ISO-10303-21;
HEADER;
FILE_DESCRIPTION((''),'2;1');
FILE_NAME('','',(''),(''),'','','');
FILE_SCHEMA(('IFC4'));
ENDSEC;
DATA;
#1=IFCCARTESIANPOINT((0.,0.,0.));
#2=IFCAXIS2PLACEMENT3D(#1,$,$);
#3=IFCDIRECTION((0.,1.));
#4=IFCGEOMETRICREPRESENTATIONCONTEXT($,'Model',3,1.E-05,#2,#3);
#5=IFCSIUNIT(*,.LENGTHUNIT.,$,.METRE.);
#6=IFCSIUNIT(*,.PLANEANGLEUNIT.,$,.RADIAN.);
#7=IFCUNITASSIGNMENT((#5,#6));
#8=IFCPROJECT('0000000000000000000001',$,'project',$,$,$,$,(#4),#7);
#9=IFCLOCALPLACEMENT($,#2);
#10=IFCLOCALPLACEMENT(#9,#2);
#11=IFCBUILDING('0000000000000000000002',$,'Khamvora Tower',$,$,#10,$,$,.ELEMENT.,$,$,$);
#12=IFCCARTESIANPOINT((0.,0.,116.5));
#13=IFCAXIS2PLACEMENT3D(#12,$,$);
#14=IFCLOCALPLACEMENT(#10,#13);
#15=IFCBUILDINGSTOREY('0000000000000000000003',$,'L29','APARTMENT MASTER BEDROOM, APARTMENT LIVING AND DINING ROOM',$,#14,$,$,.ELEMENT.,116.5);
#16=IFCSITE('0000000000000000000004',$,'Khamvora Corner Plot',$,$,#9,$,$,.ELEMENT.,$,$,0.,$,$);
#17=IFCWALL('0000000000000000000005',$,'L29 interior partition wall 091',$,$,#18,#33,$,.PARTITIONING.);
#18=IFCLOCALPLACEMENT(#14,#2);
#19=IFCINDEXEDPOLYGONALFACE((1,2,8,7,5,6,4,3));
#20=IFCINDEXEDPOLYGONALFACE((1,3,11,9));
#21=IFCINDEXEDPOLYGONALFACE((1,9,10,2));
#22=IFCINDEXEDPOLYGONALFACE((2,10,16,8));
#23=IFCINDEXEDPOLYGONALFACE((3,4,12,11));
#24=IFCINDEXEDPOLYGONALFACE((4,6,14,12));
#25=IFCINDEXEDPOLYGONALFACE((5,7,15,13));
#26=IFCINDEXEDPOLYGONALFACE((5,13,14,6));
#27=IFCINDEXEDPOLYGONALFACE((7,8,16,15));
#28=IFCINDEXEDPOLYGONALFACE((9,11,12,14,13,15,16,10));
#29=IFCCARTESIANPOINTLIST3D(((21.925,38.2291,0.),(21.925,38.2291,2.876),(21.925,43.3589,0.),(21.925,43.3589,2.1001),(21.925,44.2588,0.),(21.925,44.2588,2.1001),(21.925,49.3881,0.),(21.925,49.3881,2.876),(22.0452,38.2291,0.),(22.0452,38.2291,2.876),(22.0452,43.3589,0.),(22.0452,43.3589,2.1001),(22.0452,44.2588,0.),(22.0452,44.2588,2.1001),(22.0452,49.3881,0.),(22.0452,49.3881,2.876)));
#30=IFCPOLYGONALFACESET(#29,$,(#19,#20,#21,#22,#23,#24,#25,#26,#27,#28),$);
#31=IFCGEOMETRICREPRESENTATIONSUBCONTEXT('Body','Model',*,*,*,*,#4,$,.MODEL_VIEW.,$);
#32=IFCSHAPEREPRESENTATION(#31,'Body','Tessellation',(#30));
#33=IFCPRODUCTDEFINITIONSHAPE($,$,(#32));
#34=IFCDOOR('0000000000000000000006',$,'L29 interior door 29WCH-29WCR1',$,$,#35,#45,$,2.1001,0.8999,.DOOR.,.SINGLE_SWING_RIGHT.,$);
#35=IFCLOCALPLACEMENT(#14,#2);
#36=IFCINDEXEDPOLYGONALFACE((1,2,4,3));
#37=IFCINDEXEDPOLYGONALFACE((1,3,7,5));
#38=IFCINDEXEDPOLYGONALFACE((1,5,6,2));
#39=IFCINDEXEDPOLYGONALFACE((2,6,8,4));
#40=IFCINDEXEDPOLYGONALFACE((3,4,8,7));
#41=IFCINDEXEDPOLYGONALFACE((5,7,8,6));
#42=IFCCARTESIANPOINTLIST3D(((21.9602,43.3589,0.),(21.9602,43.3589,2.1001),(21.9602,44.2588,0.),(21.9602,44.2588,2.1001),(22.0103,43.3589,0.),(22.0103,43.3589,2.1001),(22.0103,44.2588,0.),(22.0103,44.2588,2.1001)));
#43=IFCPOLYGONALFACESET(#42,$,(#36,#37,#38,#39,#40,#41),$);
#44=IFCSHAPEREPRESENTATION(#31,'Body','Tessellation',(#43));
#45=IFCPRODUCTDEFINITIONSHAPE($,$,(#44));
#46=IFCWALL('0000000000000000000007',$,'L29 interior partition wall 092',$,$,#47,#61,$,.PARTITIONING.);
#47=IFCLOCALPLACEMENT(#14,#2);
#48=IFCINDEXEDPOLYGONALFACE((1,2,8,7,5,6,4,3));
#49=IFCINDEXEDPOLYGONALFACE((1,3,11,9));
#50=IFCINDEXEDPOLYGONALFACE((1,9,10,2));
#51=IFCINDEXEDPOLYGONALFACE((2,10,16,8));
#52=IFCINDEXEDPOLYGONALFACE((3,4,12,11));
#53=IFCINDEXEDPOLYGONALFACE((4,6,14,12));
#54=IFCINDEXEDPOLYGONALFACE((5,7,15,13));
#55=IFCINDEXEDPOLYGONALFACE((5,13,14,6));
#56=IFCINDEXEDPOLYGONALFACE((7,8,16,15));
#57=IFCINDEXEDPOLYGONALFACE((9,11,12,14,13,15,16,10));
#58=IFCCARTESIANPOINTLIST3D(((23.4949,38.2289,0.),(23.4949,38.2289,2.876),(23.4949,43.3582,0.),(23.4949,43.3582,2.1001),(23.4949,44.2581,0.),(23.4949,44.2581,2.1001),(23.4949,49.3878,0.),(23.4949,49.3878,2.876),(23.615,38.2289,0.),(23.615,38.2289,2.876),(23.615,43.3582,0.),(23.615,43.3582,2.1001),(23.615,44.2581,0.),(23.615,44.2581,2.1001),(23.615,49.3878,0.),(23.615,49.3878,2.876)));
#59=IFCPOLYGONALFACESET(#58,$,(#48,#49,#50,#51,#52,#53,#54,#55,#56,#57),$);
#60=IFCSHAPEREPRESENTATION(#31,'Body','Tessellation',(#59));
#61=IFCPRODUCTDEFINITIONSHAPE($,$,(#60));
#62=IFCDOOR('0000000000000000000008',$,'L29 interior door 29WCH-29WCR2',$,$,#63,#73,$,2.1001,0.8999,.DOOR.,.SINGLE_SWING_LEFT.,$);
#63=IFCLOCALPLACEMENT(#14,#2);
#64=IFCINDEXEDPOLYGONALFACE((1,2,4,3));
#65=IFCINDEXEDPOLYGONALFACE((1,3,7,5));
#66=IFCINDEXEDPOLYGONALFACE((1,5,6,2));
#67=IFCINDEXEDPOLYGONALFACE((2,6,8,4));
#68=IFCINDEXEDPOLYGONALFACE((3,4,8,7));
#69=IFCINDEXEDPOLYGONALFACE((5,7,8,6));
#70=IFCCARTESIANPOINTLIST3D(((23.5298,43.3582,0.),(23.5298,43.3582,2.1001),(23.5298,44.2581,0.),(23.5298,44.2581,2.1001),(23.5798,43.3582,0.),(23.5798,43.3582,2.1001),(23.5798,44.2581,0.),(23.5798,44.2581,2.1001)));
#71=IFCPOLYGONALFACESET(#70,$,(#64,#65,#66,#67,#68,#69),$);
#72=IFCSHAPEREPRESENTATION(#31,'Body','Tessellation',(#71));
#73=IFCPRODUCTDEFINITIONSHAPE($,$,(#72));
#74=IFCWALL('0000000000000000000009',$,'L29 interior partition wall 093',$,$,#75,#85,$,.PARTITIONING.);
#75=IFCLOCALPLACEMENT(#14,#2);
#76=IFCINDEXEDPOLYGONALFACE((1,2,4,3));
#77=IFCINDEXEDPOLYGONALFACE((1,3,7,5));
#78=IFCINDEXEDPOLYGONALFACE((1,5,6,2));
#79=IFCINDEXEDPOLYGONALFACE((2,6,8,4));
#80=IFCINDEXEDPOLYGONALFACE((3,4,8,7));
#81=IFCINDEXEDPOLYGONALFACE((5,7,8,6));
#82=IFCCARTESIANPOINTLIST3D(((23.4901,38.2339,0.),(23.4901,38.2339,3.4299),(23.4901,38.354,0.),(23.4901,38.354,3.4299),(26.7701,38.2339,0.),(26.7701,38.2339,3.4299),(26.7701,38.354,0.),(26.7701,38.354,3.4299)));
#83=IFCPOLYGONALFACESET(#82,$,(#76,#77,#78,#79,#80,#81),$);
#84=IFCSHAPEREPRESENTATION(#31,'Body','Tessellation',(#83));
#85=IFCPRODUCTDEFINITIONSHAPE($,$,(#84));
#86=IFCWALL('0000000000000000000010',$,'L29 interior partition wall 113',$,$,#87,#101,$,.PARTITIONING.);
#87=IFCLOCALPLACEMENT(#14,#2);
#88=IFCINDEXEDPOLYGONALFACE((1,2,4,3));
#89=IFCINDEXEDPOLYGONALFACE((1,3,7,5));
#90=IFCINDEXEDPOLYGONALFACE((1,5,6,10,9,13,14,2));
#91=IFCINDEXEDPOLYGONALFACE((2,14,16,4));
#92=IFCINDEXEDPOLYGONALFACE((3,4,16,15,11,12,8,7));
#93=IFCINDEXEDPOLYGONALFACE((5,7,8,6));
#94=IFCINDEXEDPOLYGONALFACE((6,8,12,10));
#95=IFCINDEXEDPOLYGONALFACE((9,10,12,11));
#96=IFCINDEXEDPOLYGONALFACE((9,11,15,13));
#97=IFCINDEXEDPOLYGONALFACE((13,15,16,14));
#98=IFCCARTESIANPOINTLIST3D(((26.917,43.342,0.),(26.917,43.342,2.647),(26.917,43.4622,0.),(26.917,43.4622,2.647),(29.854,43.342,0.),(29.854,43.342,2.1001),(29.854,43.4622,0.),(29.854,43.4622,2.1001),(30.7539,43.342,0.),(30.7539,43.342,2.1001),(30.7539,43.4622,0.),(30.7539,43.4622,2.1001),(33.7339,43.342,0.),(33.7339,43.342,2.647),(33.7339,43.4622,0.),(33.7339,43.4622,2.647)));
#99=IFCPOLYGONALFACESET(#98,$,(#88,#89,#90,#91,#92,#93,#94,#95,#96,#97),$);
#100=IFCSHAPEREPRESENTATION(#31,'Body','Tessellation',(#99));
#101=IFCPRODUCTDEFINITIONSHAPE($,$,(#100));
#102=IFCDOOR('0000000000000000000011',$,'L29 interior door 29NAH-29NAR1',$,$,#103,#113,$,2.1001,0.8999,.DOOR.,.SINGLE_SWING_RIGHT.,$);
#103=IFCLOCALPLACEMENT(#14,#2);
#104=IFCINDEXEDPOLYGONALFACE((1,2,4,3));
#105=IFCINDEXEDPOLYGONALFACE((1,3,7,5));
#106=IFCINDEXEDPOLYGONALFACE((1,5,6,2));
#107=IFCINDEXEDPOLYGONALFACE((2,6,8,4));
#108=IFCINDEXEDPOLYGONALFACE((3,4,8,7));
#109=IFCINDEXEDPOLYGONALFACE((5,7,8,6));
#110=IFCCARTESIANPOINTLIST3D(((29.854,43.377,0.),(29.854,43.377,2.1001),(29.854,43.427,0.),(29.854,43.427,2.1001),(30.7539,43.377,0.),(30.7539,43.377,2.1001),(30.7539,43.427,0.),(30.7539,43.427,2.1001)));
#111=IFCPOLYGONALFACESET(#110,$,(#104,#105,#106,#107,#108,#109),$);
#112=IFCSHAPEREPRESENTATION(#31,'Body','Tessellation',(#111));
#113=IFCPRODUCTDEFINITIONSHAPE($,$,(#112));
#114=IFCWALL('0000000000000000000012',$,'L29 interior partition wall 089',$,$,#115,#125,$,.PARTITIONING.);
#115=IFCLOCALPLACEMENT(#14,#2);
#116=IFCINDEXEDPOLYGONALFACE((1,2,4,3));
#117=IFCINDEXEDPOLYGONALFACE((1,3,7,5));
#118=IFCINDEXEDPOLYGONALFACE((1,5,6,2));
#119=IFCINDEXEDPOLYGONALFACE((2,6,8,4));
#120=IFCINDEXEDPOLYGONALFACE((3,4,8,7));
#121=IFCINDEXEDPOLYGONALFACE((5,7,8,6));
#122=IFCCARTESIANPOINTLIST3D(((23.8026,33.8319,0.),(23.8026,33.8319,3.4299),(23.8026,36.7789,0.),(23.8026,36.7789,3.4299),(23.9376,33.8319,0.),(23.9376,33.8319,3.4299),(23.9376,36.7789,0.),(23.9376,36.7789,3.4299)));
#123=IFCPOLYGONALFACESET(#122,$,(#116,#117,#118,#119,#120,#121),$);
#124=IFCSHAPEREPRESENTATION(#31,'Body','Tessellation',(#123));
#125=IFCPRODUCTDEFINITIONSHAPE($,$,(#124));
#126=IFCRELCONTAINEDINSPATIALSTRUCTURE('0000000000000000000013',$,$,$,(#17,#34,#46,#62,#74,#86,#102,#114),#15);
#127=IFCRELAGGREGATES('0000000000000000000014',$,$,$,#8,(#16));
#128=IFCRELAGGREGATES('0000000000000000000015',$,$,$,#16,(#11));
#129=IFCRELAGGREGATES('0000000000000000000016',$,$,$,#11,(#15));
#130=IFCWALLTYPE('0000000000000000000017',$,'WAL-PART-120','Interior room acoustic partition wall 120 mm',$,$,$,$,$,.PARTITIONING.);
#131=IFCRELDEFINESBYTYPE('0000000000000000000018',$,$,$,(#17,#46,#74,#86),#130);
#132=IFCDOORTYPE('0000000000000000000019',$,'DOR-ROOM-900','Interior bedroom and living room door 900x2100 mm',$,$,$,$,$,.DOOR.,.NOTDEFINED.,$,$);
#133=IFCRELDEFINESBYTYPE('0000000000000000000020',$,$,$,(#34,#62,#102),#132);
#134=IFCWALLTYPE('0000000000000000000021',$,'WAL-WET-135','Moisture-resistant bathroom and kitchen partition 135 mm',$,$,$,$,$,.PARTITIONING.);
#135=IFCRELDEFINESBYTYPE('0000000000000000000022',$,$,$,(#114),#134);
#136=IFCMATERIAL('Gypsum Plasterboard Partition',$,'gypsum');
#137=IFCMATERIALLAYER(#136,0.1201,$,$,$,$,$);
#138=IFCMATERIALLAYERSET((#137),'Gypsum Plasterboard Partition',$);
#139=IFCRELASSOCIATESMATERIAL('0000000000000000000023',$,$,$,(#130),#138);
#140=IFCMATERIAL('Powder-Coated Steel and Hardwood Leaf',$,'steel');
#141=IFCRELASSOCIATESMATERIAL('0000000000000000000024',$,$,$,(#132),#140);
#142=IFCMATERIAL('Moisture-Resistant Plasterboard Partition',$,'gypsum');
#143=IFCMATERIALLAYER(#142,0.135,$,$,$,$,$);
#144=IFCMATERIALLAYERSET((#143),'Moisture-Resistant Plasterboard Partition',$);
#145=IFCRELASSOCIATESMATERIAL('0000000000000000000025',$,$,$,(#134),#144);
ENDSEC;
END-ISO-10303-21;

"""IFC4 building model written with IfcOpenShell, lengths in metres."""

from ifc_helpers import new_model, si_unit, direction, frame, frame_2d, origin, place, context, subcontext, project, spatial, rectangle, extrude, material, layer, layer_set, type_object, element, fill, save


model = new_model("IFC4")

# Units and contexts
model_context = context("Model", 3, precision=1e-05, world=origin(), true_north=direction((0.0, 1.0)))
body_context = subcontext(model_context, "Body", "Model", "MODEL_VIEW")
ifc_project = project(units=[si_unit("LENGTHUNIT", "METRE"), si_unit("PLANEANGLEUNIT", "RADIAN")], contexts=[model_context])

# Site, building, storey
site_placement = place(None, origin())
site = spatial("IfcSite", under=ifc_project, at=site_placement, Name="Khamvora Corner Plot", CompositionType="ELEMENT", RefElevation=0.0)
building_placement = place(site_placement, origin())
building = spatial("IfcBuilding", under=site, at=building_placement, Name="Khamvora Tower", CompositionType="ELEMENT")
storey_placement = place(building_placement, frame((0.0, 0.0, 116.5)))
storey = spatial("IfcBuildingStorey", under=building, at=storey_placement, Name="L29", Description="APARTMENT MASTER BEDROOM, APARTMENT LIVING AND DINING ROOM", CompositionType="ELEMENT", Elevation=116.5)

# Shared definitions
ifc_material_1 = material(Name="Powder-Coated Steel and Hardwood Leaf", Category="steel")

# Shared definitions
ifc_material_2 = material(Name="Gypsum Plasterboard Partition", Category="gypsum")
ifc_layer_1 = layer(ifc_material_2, 0.1201)
ifc_layer_set_1 = layer_set([ifc_layer_1], Name="Gypsum Plasterboard Partition")
wall_type_1 = type_object("IfcWallType", Name="WAL-PART-120", Description="Interior room acoustic partition wall 120 mm", PredefinedType="PARTITIONING", material=ifc_layer_set_1)

# Walls, openings, doors
wall_1_placement = place(storey_placement, frame((21.9851, 38.229, 0.0), z_axis=(0.0, 0.0, 1.0), x_axis=(0.0, 1.0, 0.0)))
wall_1 = element("IfcWall", 1, at=wall_1_placement, inside=storey, type_object=wall_type_1, Name="L29 interior partition wall 091", PredefinedType="PARTITIONING", context=body_context, shape_type="SweptSolid", body=[
    extrude(rectangle(XDim=11.1589, YDim=0.1201, at=frame_2d((5.5796, 0.0))), origin(), (0.0, 0.0, 1.0), 2.876),
])
opening_1_placement = place(wall_1_placement, frame((5.1299, 0.0, 0.0)))
opening_1 = element("IfcOpeningElement", 2, at=opening_1_placement, cuts=wall_1, PredefinedType="OPENING", context=body_context, shape_type="SweptSolid", body=[
    extrude(rectangle(XDim=0.8999, YDim=2.1001, at=frame_2d((0.45, 1.05))), frame((0.0, 0.0701, 0.0), z_axis=(0.0, -1.0, 0.0), x_axis=(1.0, 0.0, 0.0)), (0.0, 0.0, 1.0), 0.1401),
])
door_type_1 = type_object("IfcDoorType", Name="DOR-ROOM-900", Description="Interior bedroom and living room door 900x2100 mm", OperationType="NOTDEFINED", PredefinedType="DOOR", material=ifc_material_1)
door_1_placement = place(opening_1_placement, origin())
door_1 = element("IfcDoor", 3, at=door_1_placement, inside=storey, type_object=door_type_1, Name="L29 interior door 29WCH-29WCR1", OperationType="SINGLE_SWING_RIGHT", OverallHeight=2.1001, OverallWidth=0.8999, PredefinedType="DOOR", context=body_context, shape_type="SweptSolid", body=[
    extrude(rectangle(XDim=0.8999, YDim=2.1001, at=frame_2d((0.45, 1.05))), frame((0.0, 0.0249, 0.0), z_axis=(0.0, -1.0, 0.0), x_axis=(1.0, 0.0, 0.0)), (0.0, 0.0, 1.0), 0.05),
])
fill(opening_1, door_1)
wall_2_placement = place(storey_placement, frame((23.5549, 49.3879, 0.0), z_axis=(0.0, 0.0, 1.0), x_axis=(0.0, -1.0, 0.0)))
wall_2 = element("IfcWall", 4, at=wall_2_placement, inside=storey, type_object=wall_type_1, Name="L29 interior partition wall 092", PredefinedType="PARTITIONING", context=body_context, shape_type="SweptSolid", body=[
    extrude(rectangle(XDim=11.1589, YDim=0.1201, at=frame_2d((5.5796, 0.0))), origin(), (0.0, 0.0, 1.0), 2.876),
])
opening_2_placement = place(wall_2_placement, frame((5.1299, 0.0, 0.0)))
opening_2 = element("IfcOpeningElement", 5, at=opening_2_placement, cuts=wall_2, PredefinedType="OPENING", context=body_context, shape_type="SweptSolid", body=[
    extrude(rectangle(XDim=0.8999, YDim=2.1001, at=frame_2d((0.45, 1.05))), frame((0.0, 0.0701, 0.0), z_axis=(0.0, -1.0, 0.0), x_axis=(1.0, 0.0, 0.0)), (0.0, 0.0, 1.0), 0.1401),
])
door_2_placement = place(opening_2_placement, origin())
door_2 = element("IfcDoor", 6, at=door_2_placement, inside=storey, type_object=door_type_1, Name="L29 interior door 29WCH-29WCR2", OperationType="SINGLE_SWING_LEFT", OverallHeight=2.1001, OverallWidth=0.8999, PredefinedType="DOOR", context=body_context, shape_type="SweptSolid", body=[
    extrude(rectangle(XDim=0.8999, YDim=2.1001, at=frame_2d((0.45, 1.05))), frame((0.0, 0.0249, 0.0), z_axis=(0.0, -1.0, 0.0), x_axis=(1.0, 0.0, 0.0)), (0.0, 0.0, 1.0), 0.05),
])
fill(opening_2, door_2)

# Wall
wall_3_placement = place(storey_placement, frame((23.49, 38.2939, 0.0), z_axis=(0.0, 0.0, 1.0), x_axis=(1.0, 0.0, 0.0)))
element("IfcWall", 7, at=wall_3_placement, inside=storey, type_object=wall_type_1, Name="L29 interior partition wall 093", PredefinedType="PARTITIONING", context=body_context, shape_type="SweptSolid", body=[
    extrude(rectangle(XDim=3.28, YDim=0.1201, at=frame_2d((1.6401, 0.0))), origin(), (0.0, 0.0, 1.0), 3.4299),
])

# Wall, opening, door
wall_4_placement = place(storey_placement, frame((26.917, 43.4021, 0.0), z_axis=(0.0, 0.0, 1.0), x_axis=(1.0, 0.0, 0.0)))
wall_4 = element("IfcWall", 8, at=wall_4_placement, inside=storey, type_object=wall_type_1, Name="L29 interior partition wall 113", PredefinedType="PARTITIONING", context=body_context, shape_type="SweptSolid", body=[
    extrude(rectangle(XDim=6.8169, YDim=0.1201, at=frame_2d((3.4084, 0.0))), origin(), (0.0, 0.0, 1.0), 2.647),
])
opening_3_placement = place(wall_4_placement, frame((2.937, 0.0, 0.0)))
opening_3 = element("IfcOpeningElement", 9, at=opening_3_placement, cuts=wall_4, PredefinedType="OPENING", context=body_context, shape_type="SweptSolid", body=[
    extrude(rectangle(XDim=0.8999, YDim=2.1001, at=frame_2d((0.45, 1.05))), frame((0.0, 0.0701, 0.0), z_axis=(0.0, -1.0, 0.0), x_axis=(1.0, 0.0, 0.0)), (0.0, 0.0, 1.0), 0.1401),
])
door_3_placement = place(opening_3_placement, origin())
door_3 = element("IfcDoor", 10, at=door_3_placement, inside=storey, type_object=door_type_1, Name="L29 interior door 29NAH-29NAR1", OperationType="SINGLE_SWING_RIGHT", OverallHeight=2.1001, OverallWidth=0.8999, PredefinedType="DOOR", context=body_context, shape_type="SweptSolid", body=[
    extrude(rectangle(XDim=0.8999, YDim=2.1001, at=frame_2d((0.45, 1.05))), frame((0.0, 0.0249, 0.0), z_axis=(0.0, -1.0, 0.0), x_axis=(1.0, 0.0, 0.0)), (0.0, 0.0, 1.0), 0.05),
])
fill(opening_3, door_3)

# Wall
ifc_material_3 = material(Name="Moisture-Resistant Plasterboard Partition", Category="gypsum")
ifc_layer_2 = layer(ifc_material_3, 0.135)
ifc_layer_set_2 = layer_set([ifc_layer_2], Name="Moisture-Resistant Plasterboard Partition")
wall_type_2 = type_object("IfcWallType", Name="WAL-WET-135", Description="Moisture-resistant bathroom and kitchen partition 135 mm", PredefinedType="PARTITIONING", material=ifc_layer_set_2)
wall_5_placement = place(storey_placement, frame((23.8701, 36.7791, 0.0), z_axis=(0.0, 0.0, 1.0), x_axis=(0.0, -1.0, 0.0)))
element("IfcWall", 11, at=wall_5_placement, inside=storey, type_object=wall_type_2, Name="L29 interior partition wall 089", PredefinedType="PARTITIONING", context=body_context, shape_type="SweptSolid", body=[
    extrude(rectangle(XDim=2.947, YDim=0.135, at=frame_2d((1.4736, 0.0))), origin(), (0.0, 0.0, 1.0), 3.4299),
])

save(model, "model.ifc")
